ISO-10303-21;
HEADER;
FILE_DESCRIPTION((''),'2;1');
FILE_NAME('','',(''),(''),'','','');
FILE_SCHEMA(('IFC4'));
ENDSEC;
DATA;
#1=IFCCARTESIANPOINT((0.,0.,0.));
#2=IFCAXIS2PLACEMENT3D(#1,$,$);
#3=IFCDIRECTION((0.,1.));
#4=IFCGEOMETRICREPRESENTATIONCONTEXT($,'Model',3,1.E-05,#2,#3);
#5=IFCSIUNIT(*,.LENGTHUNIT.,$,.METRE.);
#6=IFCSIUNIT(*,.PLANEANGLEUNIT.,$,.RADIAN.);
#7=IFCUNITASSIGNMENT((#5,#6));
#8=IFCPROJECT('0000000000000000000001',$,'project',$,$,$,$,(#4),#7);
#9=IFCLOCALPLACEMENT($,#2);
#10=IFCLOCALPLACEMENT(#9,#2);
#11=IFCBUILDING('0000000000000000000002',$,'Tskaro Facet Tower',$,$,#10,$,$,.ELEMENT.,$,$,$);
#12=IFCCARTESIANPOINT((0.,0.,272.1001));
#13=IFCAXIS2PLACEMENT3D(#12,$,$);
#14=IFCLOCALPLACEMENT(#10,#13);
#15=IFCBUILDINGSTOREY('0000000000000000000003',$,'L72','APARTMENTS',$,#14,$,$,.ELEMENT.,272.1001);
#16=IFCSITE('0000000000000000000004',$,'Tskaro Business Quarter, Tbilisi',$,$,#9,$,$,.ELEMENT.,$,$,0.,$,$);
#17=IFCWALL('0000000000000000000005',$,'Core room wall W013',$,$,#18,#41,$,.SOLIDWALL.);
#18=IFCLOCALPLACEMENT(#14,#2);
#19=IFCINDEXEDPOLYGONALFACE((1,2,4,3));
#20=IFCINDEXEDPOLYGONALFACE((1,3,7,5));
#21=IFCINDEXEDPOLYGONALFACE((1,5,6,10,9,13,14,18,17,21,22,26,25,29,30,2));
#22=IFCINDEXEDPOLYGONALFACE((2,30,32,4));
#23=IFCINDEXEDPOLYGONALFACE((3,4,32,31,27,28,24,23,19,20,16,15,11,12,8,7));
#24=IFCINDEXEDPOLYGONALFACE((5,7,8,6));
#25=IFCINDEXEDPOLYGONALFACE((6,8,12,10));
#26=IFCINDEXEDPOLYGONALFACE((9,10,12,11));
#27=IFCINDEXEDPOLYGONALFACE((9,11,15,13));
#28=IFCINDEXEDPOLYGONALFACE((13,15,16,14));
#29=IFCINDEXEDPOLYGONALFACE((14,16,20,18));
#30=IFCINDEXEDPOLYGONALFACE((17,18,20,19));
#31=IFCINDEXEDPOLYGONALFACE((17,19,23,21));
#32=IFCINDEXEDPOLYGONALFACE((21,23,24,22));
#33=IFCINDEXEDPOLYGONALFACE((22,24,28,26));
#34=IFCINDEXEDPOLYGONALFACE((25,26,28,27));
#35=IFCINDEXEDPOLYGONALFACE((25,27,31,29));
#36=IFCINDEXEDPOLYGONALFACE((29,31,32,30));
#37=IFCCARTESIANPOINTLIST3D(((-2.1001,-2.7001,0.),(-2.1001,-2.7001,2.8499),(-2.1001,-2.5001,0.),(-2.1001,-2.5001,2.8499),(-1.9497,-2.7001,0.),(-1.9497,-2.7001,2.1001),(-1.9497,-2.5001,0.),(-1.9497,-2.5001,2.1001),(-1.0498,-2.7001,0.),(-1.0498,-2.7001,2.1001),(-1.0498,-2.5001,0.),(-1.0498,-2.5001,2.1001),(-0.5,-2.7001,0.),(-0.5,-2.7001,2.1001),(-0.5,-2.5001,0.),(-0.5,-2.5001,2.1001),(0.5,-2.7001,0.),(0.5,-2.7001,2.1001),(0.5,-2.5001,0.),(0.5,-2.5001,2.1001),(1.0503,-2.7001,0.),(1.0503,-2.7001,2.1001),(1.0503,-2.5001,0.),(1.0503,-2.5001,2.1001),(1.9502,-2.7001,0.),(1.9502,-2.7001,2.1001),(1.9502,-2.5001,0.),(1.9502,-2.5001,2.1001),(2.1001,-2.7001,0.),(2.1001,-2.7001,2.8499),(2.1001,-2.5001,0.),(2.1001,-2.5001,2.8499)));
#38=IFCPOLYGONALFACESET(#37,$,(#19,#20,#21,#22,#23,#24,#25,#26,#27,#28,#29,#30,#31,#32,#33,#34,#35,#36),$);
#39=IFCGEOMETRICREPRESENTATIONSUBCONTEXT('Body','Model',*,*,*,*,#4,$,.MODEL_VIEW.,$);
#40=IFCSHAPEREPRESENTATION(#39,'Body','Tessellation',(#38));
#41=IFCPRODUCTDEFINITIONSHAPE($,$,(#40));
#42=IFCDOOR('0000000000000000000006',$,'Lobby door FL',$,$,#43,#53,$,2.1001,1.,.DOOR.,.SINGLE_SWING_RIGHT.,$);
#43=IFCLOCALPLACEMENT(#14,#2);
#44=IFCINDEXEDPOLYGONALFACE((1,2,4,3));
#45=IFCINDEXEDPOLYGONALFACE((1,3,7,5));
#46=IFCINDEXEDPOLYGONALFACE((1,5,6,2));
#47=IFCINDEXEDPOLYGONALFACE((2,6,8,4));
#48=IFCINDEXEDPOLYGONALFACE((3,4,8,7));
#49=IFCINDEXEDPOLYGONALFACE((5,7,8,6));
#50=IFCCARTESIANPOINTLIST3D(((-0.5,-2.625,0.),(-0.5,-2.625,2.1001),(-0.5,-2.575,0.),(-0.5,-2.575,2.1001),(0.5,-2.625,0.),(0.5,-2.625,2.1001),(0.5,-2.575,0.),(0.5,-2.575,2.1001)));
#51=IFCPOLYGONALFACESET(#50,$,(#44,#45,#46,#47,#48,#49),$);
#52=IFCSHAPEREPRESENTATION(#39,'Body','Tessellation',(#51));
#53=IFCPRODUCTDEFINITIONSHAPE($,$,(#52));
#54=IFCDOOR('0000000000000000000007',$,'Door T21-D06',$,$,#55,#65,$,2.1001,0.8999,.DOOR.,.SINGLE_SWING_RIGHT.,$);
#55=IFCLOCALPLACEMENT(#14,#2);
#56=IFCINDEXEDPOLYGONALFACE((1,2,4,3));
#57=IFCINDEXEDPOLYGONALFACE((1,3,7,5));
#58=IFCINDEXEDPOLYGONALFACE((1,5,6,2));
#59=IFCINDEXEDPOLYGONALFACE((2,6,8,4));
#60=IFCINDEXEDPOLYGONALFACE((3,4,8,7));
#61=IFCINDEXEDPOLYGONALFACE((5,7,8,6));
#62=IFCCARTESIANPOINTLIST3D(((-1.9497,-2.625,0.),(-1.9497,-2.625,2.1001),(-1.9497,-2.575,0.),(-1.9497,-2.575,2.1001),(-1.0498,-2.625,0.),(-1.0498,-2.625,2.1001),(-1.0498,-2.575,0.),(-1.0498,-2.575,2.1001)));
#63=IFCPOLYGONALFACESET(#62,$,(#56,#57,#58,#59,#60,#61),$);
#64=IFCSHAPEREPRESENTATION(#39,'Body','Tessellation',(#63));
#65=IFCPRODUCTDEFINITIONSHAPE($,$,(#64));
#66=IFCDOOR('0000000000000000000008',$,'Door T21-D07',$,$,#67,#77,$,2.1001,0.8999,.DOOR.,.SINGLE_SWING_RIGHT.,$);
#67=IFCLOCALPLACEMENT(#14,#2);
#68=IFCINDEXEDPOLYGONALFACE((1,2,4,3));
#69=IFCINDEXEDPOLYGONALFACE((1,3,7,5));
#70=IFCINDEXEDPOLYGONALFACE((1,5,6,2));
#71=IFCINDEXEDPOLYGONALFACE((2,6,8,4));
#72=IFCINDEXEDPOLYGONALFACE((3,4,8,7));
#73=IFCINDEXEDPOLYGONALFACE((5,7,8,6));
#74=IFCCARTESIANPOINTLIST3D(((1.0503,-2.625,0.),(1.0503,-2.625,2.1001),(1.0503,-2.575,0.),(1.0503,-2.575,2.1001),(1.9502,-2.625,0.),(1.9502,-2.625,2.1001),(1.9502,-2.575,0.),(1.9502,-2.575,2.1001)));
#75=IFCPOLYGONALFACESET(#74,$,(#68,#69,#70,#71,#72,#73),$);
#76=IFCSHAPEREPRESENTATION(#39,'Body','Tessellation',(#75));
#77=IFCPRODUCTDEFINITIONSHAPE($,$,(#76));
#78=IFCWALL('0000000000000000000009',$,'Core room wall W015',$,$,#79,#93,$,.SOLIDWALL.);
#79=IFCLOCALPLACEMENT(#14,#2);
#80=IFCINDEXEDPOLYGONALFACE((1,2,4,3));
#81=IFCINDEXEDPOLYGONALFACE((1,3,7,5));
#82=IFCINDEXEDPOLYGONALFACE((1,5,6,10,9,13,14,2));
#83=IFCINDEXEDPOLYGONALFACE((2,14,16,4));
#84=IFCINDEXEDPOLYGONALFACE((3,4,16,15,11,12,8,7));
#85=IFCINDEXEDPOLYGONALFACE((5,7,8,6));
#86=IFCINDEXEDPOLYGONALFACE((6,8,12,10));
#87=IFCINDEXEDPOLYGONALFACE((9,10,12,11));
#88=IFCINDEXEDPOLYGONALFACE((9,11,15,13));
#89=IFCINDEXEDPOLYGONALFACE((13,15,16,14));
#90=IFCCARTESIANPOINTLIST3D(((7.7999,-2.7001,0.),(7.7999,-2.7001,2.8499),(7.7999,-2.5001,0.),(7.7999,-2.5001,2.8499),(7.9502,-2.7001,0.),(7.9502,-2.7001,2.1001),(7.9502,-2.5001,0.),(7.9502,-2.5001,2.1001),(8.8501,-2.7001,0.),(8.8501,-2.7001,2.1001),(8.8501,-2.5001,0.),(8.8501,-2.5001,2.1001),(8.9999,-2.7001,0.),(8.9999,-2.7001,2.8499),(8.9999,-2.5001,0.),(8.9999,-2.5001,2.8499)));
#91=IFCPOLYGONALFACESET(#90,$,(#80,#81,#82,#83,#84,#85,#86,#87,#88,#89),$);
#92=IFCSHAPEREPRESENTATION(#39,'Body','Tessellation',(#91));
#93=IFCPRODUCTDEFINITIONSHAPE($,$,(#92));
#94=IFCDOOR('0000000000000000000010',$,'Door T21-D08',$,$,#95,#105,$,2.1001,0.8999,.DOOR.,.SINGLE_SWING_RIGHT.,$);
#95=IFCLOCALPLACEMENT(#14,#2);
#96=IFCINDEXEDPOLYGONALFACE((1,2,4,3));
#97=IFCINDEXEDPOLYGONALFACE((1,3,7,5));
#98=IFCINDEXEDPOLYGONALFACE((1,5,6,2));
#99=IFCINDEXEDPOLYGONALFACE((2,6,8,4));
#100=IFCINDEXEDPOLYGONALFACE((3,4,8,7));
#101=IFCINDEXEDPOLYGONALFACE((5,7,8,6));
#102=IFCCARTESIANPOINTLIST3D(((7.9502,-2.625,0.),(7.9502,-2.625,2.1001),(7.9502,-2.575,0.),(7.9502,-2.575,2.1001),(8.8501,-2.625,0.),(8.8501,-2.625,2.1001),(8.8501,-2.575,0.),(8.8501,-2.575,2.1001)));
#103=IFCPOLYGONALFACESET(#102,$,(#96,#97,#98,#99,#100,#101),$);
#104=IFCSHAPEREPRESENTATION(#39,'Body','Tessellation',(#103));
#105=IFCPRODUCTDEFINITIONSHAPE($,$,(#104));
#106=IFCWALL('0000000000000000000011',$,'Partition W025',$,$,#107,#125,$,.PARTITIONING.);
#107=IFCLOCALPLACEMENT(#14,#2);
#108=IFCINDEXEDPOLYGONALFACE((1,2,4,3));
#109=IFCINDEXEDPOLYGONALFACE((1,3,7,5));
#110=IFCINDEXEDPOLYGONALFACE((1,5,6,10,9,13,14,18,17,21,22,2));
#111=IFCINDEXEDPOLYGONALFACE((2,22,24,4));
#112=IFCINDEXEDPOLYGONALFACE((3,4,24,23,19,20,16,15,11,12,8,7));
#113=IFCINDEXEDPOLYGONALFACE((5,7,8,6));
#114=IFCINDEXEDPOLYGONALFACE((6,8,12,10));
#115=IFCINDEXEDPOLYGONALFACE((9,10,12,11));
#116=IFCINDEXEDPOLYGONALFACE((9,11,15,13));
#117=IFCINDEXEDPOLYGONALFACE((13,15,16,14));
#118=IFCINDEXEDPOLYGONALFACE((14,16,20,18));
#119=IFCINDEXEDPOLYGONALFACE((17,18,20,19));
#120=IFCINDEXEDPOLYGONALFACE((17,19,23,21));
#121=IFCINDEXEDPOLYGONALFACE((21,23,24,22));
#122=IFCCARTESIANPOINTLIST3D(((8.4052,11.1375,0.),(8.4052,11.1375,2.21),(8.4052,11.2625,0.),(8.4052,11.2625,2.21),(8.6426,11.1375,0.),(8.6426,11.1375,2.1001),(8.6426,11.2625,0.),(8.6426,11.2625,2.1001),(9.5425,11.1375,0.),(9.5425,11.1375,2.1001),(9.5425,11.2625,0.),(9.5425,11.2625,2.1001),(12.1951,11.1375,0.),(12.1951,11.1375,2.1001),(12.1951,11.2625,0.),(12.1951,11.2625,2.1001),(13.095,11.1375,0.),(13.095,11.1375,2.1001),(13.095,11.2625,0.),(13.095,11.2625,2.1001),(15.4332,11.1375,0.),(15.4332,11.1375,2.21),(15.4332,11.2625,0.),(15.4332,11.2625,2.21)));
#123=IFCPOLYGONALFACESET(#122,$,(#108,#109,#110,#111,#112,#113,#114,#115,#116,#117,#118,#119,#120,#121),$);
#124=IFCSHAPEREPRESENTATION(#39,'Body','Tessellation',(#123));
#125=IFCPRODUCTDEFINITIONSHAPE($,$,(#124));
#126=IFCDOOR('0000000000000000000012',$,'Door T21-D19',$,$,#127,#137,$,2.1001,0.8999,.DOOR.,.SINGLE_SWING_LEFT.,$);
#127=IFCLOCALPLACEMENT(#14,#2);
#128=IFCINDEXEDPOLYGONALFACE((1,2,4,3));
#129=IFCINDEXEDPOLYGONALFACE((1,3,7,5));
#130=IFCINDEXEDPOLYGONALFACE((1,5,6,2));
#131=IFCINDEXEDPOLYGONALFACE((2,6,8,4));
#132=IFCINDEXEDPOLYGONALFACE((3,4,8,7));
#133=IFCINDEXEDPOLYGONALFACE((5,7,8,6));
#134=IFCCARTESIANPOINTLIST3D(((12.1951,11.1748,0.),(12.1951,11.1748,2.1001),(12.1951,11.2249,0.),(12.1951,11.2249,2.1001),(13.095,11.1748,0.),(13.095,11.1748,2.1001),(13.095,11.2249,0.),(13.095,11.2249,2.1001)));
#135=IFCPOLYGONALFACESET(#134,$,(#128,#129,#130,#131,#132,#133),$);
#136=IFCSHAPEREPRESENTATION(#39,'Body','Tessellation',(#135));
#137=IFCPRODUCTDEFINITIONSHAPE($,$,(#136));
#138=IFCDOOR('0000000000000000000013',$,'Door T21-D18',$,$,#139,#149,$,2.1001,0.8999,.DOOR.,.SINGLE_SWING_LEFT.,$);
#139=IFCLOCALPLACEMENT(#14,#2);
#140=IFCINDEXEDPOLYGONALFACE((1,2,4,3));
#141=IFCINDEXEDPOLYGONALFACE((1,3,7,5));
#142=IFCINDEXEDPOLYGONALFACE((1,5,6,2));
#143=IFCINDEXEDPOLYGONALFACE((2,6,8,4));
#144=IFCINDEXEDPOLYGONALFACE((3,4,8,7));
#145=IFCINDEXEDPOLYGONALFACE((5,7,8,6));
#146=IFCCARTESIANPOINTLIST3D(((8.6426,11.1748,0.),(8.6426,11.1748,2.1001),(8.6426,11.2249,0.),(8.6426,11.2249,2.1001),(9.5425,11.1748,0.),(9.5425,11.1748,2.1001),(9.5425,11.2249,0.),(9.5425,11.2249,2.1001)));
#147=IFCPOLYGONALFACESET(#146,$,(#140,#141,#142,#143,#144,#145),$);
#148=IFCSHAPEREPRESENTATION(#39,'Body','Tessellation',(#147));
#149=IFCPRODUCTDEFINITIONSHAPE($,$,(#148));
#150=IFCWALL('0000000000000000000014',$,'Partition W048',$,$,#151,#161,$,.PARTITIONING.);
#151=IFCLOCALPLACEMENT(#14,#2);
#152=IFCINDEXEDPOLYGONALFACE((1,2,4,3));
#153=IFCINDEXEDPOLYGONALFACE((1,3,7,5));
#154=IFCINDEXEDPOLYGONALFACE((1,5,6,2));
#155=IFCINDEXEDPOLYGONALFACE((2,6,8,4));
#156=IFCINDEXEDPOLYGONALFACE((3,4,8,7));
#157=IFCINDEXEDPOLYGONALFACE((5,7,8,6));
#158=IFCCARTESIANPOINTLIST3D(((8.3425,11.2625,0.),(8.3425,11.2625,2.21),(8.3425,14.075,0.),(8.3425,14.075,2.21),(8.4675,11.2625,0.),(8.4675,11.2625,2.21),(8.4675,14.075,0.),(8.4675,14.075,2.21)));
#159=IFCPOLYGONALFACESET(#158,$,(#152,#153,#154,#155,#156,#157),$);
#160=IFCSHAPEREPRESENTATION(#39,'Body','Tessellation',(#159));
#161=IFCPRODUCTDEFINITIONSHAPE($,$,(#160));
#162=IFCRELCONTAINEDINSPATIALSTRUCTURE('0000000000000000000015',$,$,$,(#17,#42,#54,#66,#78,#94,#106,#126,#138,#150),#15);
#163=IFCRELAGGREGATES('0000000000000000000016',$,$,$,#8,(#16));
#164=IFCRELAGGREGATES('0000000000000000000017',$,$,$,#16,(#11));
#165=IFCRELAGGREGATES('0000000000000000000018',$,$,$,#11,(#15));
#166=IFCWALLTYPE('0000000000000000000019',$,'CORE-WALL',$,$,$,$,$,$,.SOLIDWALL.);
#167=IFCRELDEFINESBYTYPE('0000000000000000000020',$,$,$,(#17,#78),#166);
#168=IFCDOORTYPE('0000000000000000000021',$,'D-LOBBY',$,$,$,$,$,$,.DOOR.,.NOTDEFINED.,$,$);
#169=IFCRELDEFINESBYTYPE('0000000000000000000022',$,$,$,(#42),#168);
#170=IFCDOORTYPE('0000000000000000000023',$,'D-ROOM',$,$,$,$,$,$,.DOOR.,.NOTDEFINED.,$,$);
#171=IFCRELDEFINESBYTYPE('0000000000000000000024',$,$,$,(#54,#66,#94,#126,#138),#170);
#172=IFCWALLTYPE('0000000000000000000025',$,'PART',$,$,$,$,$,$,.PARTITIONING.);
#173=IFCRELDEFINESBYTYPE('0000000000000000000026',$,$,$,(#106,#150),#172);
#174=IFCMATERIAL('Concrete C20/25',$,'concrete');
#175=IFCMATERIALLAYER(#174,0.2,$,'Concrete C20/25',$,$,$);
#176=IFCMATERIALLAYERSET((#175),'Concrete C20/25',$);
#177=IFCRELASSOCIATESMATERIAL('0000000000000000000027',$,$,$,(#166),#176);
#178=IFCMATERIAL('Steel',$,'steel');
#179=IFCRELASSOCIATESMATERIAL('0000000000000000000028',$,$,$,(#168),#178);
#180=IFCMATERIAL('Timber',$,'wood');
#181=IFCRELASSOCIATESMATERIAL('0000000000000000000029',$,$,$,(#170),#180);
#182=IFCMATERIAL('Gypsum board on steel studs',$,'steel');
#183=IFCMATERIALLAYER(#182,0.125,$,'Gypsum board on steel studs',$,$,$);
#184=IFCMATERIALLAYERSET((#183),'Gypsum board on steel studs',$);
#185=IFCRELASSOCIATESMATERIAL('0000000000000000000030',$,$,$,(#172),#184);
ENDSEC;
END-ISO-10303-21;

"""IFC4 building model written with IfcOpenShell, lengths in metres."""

from ifc_helpers import new_model, si_unit, direction, frame, frame_2d, origin, place, context, subcontext, project, spatial, rectangle, extrude, material, layer, layer_set, type_object, element, fill, save


model = new_model("IFC4")

# Units and contexts
model_context = context("Model", 3, precision=1e-05, world=origin(), true_north=direction((0.0, 1.0)))
body_context = subcontext(model_context, "Body", "Model", "MODEL_VIEW")
ifc_project = project(units=[si_unit("LENGTHUNIT", "METRE"), si_unit("PLANEANGLEUNIT", "RADIAN")], contexts=[model_context])

# Site, building, storey
site_placement = place(None, origin())
site = spatial("IfcSite", under=ifc_project, at=site_placement, Name="Tskaro Business Quarter, Tbilisi", CompositionType="ELEMENT", RefElevation=0.0)
building_placement = place(site_placement, origin())
building = spatial("IfcBuilding", under=site, at=building_placement, Name="Tskaro Facet Tower", CompositionType="ELEMENT")
storey_placement = place(building_placement, frame((0.0, 0.0, 272.1001)))
storey = spatial("IfcBuildingStorey", under=building, at=storey_placement, Name="L72", Description="APARTMENTS", CompositionType="ELEMENT", Elevation=272.1001)

# Wall, openings, doors
ifc_material_1 = material(Name="Concrete C20/25", Category="concrete")
ifc_layer_1 = layer(ifc_material_1, 0.2, Name="Concrete C20/25")
ifc_layer_set_1 = layer_set([ifc_layer_1], Name="Concrete C20/25")
wall_type_1 = type_object("IfcWallType", Name="CORE-WALL", PredefinedType="SOLIDWALL", material=ifc_layer_set_1)
wall_1_placement = place(storey_placement, frame((2.1001, -2.6001, 0.0), z_axis=(0.0, 0.0, 1.0), x_axis=(-1.0, 0.0, 0.0)))
wall_1 = element("IfcWall", 1, at=wall_1_placement, inside=storey, type_object=wall_type_1, Name="Core room wall W013", PredefinedType="SOLIDWALL", context=body_context, shape_type="SweptSolid", body=[
    extrude(rectangle(XDim=4.2002, YDim=0.2, at=frame_2d((2.1001, 0.0))), origin(), (0.0, 0.0, 1.0), 2.8499),
])
opening_1_placement = place(wall_1_placement, frame((1.6001, 0.0, 0.0)))
opening_1 = element("IfcOpeningElement", 2, at=opening_1_placement, cuts=wall_1, PredefinedType="OPENING", context=body_context, shape_type="SweptSolid", body=[
    extrude(rectangle(XDim=1.0, YDim=2.1001, at=frame_2d((0.5, 1.05))), frame((0.0, 0.1099, 0.0), z_axis=(0.0, -1.0, 0.0), x_axis=(1.0, 0.0, 0.0)), (0.0, 0.0, 1.0), 0.22),
])
opening_2_placement = place(wall_1_placement, frame((3.1499, 0.0, 0.0)))
opening_2 = element("IfcOpeningElement", 3, at=opening_2_placement, cuts=wall_1, PredefinedType="OPENING", context=body_context, shape_type="SweptSolid", body=[
    extrude(rectangle(XDim=0.8999, YDim=2.1001, at=frame_2d((0.45, 1.05))), frame((0.0, 0.1099, 0.0), z_axis=(0.0, -1.0, 0.0), x_axis=(1.0, 0.0, 0.0)), (0.0, 0.0, 1.0), 0.22),
])
opening_3_placement = place(wall_1_placement, frame((0.1499, 0.0, 0.0)))
opening_3 = element("IfcOpeningElement", 4, at=opening_3_placement, cuts=wall_1, PredefinedType="OPENING", context=body_context, shape_type="SweptSolid", body=[
    extrude(rectangle(XDim=0.8999, YDim=2.1001, at=frame_2d((0.45, 1.05))), frame((0.0, 0.1099, 0.0), z_axis=(0.0, -1.0, 0.0), x_axis=(1.0, 0.0, 0.0)), (0.0, 0.0, 1.0), 0.22),
])
ifc_material_2 = material(Name="Steel", Category="steel")
door_type_1 = type_object("IfcDoorType", Name="D-LOBBY", OperationType="NOTDEFINED", PredefinedType="DOOR", material=ifc_material_2)
door_1_placement = place(opening_1_placement, origin())
door_1 = element("IfcDoor", 5, at=door_1_placement, inside=storey, type_object=door_type_1, Name="Lobby door FL", OperationType="SINGLE_SWING_RIGHT", OverallHeight=2.1001, OverallWidth=1.0, PredefinedType="DOOR", context=body_context, shape_type="SweptSolid", body=[
    extrude(rectangle(XDim=1.0, YDim=2.1001, at=frame_2d((0.5, 1.05))), frame((0.0, 0.0249, 0.0), z_axis=(0.0, -1.0, 0.0), x_axis=(1.0, 0.0, 0.0)), (0.0, 0.0, 1.0), 0.05),
])
fill(opening_1, door_1)
ifc_material_3 = material(Name="Timber", Category="wood")
door_type_2 = type_object("IfcDoorType", Name="D-ROOM", OperationType="NOTDEFINED", PredefinedType="DOOR", material=ifc_material_3)
door_2_placement = place(opening_2_placement, origin())
door_2 = element("IfcDoor", 6, at=door_2_placement, inside=storey, type_object=door_type_2, Name="Door T21-D06", OperationType="SINGLE_SWING_RIGHT", OverallHeight=2.1001, OverallWidth=0.8999, PredefinedType="DOOR", context=body_context, shape_type="SweptSolid", body=[
    extrude(rectangle(XDim=0.8999, YDim=2.1001, at=frame_2d((0.45, 1.05))), frame((0.0, 0.0249, 0.0), z_axis=(0.0, -1.0, 0.0), x_axis=(1.0, 0.0, 0.0)), (0.0, 0.0, 1.0), 0.05),
])
fill(opening_2, door_2)
door_3_placement = place(opening_3_placement, origin())
door_3 = element("IfcDoor", 7, at=door_3_placement, inside=storey, type_object=door_type_2, Name="Door T21-D07", OperationType="SINGLE_SWING_RIGHT", OverallHeight=2.1001, OverallWidth=0.8999, PredefinedType="DOOR", context=body_context, shape_type="SweptSolid", body=[
    extrude(rectangle(XDim=0.8999, YDim=2.1001, at=frame_2d((0.45, 1.05))), frame((0.0, 0.0249, 0.0), z_axis=(0.0, -1.0, 0.0), x_axis=(1.0, 0.0, 0.0)), (0.0, 0.0, 1.0), 0.05),
])
fill(opening_3, door_3)

# Wall, opening, door
wall_2_placement = place(storey_placement, frame((9.0, -2.6001, 0.0), z_axis=(0.0, 0.0, 1.0), x_axis=(-1.0, 0.0, 0.0)))
wall_2 = element("IfcWall", 8, at=wall_2_placement, inside=storey, type_object=wall_type_1, Name="Core room wall W015", PredefinedType="SOLIDWALL", context=body_context, shape_type="SweptSolid", body=[
    extrude(rectangle(XDim=1.2, YDim=0.2, at=frame_2d((0.6001, 0.0))), origin(), (0.0, 0.0, 1.0), 2.8499),
])
opening_4_placement = place(wall_2_placement, frame((0.1499, 0.0, 0.0)))
opening_4 = element("IfcOpeningElement", 9, at=opening_4_placement, cuts=wall_2, PredefinedType="OPENING", context=body_context, shape_type="SweptSolid", body=[
    extrude(rectangle(XDim=0.8999, YDim=2.1001, at=frame_2d((0.45, 1.05))), frame((0.0, 0.1099, 0.0), z_axis=(0.0, -1.0, 0.0), x_axis=(1.0, 0.0, 0.0)), (0.0, 0.0, 1.0), 0.22),
])
door_4_placement = place(opening_4_placement, origin())
door_4 = element("IfcDoor", 10, at=door_4_placement, inside=storey, type_object=door_type_2, Name="Door T21-D08", OperationType="SINGLE_SWING_RIGHT", OverallHeight=2.1001, OverallWidth=0.8999, PredefinedType="DOOR", context=body_context, shape_type="SweptSolid", body=[
    extrude(rectangle(XDim=0.8999, YDim=2.1001, at=frame_2d((0.45, 1.05))), frame((0.0, 0.0249, 0.0), z_axis=(0.0, -1.0, 0.0), x_axis=(1.0, 0.0, 0.0)), (0.0, 0.0, 1.0), 0.05),
])
fill(opening_4, door_4)

# Wall, openings, doors
ifc_material_4 = material(Name="Gypsum board on steel studs", Category="steel")
ifc_layer_2 = layer(ifc_material_4, 0.125, Name="Gypsum board on steel studs")
ifc_layer_set_2 = layer_set([ifc_layer_2], Name="Gypsum board on steel studs")
wall_type_2 = type_object("IfcWallType", Name="PART", PredefinedType="PARTITIONING", material=ifc_layer_set_2)
wall_3_placement = place(storey_placement, frame((8.405, 11.2, 0.0), z_axis=(0.0, 0.0, 1.0), x_axis=(1.0, 0.0, 0.0)))
wall_3 = element("IfcWall", 11, at=wall_3_placement, inside=storey, type_object=wall_type_2, Name="Partition W025", PredefinedType="PARTITIONING", context=body_context, shape_type="SweptSolid", body=[
    extrude(rectangle(XDim=7.0281, YDim=0.125, at=frame_2d((3.5142, 0.0))), origin(), (0.0, 0.0, 1.0), 2.21),
])
opening_5_placement = place(wall_3_placement, frame((3.79, 0.0, 0.0)))
opening_5 = element("IfcOpeningElement", 12, at=opening_5_placement, cuts=wall_3, PredefinedType="OPENING", context=body_context, shape_type="SweptSolid", body=[
    extrude(rectangle(XDim=0.8999, YDim=2.1001, at=frame_2d((0.45, 1.05))), frame((0.0, 0.0725, 0.0), z_axis=(0.0, -1.0, 0.0), x_axis=(1.0, 0.0, 0.0)), (0.0, 0.0, 1.0), 0.145),
])
opening_6_placement = place(wall_3_placement, frame((0.2375, 0.0, 0.0)))
opening_6 = element("IfcOpeningElement", 13, at=opening_6_placement, cuts=wall_3, PredefinedType="OPENING", context=body_context, shape_type="SweptSolid", body=[
    extrude(rectangle(XDim=0.8999, YDim=2.1001, at=frame_2d((0.45, 1.05))), frame((0.0, 0.0725, 0.0), z_axis=(0.0, -1.0, 0.0), x_axis=(1.0, 0.0, 0.0)), (0.0, 0.0, 1.0), 0.145),
])
door_5_placement = place(opening_5_placement, origin())
door_5 = element("IfcDoor", 14, at=door_5_placement, inside=storey, type_object=door_type_2, Name="Door T21-D19", OperationType="SINGLE_SWING_LEFT", OverallHeight=2.1001, OverallWidth=0.8999, PredefinedType="DOOR", context=body_context, shape_type="SweptSolid", body=[
    extrude(rectangle(XDim=0.8999, YDim=2.1001, at=frame_2d((0.45, 1.05))), frame((0.0, 0.0249, 0.0), z_axis=(0.0, -1.0, 0.0), x_axis=(1.0, 0.0, 0.0)), (0.0, 0.0, 1.0), 0.05),
])
fill(opening_5, door_5)
door_6_placement = place(opening_6_placement, origin())
door_6 = element("IfcDoor", 15, at=door_6_placement, inside=storey, type_object=door_type_2, Name="Door T21-D18", OperationType="SINGLE_SWING_LEFT", OverallHeight=2.1001, OverallWidth=0.8999, PredefinedType="DOOR", context=body_context, shape_type="SweptSolid", body=[
    extrude(rectangle(XDim=0.8999, YDim=2.1001, at=frame_2d((0.45, 1.05))), frame((0.0, 0.0249, 0.0), z_axis=(0.0, -1.0, 0.0), x_axis=(1.0, 0.0, 0.0)), (0.0, 0.0, 1.0), 0.05),
])
fill(opening_6, door_6)

# Wall
wall_4_placement = place(storey_placement, frame((8.405, 11.2625, 0.0), z_axis=(0.0, 0.0, 1.0), x_axis=(0.0, 1.0, 0.0)))
element("IfcWall", 16, at=wall_4_placement, inside=storey, type_object=wall_type_2, Name="Partition W048", PredefinedType="PARTITIONING", context=body_context, shape_type="SweptSolid", body=[
    extrude(rectangle(XDim=2.8125, YDim=0.125, at=frame_2d((1.4062, 0.0))), origin(), (0.0, 0.0, 1.0), 2.21),
])

save(model, "model.ifc")
